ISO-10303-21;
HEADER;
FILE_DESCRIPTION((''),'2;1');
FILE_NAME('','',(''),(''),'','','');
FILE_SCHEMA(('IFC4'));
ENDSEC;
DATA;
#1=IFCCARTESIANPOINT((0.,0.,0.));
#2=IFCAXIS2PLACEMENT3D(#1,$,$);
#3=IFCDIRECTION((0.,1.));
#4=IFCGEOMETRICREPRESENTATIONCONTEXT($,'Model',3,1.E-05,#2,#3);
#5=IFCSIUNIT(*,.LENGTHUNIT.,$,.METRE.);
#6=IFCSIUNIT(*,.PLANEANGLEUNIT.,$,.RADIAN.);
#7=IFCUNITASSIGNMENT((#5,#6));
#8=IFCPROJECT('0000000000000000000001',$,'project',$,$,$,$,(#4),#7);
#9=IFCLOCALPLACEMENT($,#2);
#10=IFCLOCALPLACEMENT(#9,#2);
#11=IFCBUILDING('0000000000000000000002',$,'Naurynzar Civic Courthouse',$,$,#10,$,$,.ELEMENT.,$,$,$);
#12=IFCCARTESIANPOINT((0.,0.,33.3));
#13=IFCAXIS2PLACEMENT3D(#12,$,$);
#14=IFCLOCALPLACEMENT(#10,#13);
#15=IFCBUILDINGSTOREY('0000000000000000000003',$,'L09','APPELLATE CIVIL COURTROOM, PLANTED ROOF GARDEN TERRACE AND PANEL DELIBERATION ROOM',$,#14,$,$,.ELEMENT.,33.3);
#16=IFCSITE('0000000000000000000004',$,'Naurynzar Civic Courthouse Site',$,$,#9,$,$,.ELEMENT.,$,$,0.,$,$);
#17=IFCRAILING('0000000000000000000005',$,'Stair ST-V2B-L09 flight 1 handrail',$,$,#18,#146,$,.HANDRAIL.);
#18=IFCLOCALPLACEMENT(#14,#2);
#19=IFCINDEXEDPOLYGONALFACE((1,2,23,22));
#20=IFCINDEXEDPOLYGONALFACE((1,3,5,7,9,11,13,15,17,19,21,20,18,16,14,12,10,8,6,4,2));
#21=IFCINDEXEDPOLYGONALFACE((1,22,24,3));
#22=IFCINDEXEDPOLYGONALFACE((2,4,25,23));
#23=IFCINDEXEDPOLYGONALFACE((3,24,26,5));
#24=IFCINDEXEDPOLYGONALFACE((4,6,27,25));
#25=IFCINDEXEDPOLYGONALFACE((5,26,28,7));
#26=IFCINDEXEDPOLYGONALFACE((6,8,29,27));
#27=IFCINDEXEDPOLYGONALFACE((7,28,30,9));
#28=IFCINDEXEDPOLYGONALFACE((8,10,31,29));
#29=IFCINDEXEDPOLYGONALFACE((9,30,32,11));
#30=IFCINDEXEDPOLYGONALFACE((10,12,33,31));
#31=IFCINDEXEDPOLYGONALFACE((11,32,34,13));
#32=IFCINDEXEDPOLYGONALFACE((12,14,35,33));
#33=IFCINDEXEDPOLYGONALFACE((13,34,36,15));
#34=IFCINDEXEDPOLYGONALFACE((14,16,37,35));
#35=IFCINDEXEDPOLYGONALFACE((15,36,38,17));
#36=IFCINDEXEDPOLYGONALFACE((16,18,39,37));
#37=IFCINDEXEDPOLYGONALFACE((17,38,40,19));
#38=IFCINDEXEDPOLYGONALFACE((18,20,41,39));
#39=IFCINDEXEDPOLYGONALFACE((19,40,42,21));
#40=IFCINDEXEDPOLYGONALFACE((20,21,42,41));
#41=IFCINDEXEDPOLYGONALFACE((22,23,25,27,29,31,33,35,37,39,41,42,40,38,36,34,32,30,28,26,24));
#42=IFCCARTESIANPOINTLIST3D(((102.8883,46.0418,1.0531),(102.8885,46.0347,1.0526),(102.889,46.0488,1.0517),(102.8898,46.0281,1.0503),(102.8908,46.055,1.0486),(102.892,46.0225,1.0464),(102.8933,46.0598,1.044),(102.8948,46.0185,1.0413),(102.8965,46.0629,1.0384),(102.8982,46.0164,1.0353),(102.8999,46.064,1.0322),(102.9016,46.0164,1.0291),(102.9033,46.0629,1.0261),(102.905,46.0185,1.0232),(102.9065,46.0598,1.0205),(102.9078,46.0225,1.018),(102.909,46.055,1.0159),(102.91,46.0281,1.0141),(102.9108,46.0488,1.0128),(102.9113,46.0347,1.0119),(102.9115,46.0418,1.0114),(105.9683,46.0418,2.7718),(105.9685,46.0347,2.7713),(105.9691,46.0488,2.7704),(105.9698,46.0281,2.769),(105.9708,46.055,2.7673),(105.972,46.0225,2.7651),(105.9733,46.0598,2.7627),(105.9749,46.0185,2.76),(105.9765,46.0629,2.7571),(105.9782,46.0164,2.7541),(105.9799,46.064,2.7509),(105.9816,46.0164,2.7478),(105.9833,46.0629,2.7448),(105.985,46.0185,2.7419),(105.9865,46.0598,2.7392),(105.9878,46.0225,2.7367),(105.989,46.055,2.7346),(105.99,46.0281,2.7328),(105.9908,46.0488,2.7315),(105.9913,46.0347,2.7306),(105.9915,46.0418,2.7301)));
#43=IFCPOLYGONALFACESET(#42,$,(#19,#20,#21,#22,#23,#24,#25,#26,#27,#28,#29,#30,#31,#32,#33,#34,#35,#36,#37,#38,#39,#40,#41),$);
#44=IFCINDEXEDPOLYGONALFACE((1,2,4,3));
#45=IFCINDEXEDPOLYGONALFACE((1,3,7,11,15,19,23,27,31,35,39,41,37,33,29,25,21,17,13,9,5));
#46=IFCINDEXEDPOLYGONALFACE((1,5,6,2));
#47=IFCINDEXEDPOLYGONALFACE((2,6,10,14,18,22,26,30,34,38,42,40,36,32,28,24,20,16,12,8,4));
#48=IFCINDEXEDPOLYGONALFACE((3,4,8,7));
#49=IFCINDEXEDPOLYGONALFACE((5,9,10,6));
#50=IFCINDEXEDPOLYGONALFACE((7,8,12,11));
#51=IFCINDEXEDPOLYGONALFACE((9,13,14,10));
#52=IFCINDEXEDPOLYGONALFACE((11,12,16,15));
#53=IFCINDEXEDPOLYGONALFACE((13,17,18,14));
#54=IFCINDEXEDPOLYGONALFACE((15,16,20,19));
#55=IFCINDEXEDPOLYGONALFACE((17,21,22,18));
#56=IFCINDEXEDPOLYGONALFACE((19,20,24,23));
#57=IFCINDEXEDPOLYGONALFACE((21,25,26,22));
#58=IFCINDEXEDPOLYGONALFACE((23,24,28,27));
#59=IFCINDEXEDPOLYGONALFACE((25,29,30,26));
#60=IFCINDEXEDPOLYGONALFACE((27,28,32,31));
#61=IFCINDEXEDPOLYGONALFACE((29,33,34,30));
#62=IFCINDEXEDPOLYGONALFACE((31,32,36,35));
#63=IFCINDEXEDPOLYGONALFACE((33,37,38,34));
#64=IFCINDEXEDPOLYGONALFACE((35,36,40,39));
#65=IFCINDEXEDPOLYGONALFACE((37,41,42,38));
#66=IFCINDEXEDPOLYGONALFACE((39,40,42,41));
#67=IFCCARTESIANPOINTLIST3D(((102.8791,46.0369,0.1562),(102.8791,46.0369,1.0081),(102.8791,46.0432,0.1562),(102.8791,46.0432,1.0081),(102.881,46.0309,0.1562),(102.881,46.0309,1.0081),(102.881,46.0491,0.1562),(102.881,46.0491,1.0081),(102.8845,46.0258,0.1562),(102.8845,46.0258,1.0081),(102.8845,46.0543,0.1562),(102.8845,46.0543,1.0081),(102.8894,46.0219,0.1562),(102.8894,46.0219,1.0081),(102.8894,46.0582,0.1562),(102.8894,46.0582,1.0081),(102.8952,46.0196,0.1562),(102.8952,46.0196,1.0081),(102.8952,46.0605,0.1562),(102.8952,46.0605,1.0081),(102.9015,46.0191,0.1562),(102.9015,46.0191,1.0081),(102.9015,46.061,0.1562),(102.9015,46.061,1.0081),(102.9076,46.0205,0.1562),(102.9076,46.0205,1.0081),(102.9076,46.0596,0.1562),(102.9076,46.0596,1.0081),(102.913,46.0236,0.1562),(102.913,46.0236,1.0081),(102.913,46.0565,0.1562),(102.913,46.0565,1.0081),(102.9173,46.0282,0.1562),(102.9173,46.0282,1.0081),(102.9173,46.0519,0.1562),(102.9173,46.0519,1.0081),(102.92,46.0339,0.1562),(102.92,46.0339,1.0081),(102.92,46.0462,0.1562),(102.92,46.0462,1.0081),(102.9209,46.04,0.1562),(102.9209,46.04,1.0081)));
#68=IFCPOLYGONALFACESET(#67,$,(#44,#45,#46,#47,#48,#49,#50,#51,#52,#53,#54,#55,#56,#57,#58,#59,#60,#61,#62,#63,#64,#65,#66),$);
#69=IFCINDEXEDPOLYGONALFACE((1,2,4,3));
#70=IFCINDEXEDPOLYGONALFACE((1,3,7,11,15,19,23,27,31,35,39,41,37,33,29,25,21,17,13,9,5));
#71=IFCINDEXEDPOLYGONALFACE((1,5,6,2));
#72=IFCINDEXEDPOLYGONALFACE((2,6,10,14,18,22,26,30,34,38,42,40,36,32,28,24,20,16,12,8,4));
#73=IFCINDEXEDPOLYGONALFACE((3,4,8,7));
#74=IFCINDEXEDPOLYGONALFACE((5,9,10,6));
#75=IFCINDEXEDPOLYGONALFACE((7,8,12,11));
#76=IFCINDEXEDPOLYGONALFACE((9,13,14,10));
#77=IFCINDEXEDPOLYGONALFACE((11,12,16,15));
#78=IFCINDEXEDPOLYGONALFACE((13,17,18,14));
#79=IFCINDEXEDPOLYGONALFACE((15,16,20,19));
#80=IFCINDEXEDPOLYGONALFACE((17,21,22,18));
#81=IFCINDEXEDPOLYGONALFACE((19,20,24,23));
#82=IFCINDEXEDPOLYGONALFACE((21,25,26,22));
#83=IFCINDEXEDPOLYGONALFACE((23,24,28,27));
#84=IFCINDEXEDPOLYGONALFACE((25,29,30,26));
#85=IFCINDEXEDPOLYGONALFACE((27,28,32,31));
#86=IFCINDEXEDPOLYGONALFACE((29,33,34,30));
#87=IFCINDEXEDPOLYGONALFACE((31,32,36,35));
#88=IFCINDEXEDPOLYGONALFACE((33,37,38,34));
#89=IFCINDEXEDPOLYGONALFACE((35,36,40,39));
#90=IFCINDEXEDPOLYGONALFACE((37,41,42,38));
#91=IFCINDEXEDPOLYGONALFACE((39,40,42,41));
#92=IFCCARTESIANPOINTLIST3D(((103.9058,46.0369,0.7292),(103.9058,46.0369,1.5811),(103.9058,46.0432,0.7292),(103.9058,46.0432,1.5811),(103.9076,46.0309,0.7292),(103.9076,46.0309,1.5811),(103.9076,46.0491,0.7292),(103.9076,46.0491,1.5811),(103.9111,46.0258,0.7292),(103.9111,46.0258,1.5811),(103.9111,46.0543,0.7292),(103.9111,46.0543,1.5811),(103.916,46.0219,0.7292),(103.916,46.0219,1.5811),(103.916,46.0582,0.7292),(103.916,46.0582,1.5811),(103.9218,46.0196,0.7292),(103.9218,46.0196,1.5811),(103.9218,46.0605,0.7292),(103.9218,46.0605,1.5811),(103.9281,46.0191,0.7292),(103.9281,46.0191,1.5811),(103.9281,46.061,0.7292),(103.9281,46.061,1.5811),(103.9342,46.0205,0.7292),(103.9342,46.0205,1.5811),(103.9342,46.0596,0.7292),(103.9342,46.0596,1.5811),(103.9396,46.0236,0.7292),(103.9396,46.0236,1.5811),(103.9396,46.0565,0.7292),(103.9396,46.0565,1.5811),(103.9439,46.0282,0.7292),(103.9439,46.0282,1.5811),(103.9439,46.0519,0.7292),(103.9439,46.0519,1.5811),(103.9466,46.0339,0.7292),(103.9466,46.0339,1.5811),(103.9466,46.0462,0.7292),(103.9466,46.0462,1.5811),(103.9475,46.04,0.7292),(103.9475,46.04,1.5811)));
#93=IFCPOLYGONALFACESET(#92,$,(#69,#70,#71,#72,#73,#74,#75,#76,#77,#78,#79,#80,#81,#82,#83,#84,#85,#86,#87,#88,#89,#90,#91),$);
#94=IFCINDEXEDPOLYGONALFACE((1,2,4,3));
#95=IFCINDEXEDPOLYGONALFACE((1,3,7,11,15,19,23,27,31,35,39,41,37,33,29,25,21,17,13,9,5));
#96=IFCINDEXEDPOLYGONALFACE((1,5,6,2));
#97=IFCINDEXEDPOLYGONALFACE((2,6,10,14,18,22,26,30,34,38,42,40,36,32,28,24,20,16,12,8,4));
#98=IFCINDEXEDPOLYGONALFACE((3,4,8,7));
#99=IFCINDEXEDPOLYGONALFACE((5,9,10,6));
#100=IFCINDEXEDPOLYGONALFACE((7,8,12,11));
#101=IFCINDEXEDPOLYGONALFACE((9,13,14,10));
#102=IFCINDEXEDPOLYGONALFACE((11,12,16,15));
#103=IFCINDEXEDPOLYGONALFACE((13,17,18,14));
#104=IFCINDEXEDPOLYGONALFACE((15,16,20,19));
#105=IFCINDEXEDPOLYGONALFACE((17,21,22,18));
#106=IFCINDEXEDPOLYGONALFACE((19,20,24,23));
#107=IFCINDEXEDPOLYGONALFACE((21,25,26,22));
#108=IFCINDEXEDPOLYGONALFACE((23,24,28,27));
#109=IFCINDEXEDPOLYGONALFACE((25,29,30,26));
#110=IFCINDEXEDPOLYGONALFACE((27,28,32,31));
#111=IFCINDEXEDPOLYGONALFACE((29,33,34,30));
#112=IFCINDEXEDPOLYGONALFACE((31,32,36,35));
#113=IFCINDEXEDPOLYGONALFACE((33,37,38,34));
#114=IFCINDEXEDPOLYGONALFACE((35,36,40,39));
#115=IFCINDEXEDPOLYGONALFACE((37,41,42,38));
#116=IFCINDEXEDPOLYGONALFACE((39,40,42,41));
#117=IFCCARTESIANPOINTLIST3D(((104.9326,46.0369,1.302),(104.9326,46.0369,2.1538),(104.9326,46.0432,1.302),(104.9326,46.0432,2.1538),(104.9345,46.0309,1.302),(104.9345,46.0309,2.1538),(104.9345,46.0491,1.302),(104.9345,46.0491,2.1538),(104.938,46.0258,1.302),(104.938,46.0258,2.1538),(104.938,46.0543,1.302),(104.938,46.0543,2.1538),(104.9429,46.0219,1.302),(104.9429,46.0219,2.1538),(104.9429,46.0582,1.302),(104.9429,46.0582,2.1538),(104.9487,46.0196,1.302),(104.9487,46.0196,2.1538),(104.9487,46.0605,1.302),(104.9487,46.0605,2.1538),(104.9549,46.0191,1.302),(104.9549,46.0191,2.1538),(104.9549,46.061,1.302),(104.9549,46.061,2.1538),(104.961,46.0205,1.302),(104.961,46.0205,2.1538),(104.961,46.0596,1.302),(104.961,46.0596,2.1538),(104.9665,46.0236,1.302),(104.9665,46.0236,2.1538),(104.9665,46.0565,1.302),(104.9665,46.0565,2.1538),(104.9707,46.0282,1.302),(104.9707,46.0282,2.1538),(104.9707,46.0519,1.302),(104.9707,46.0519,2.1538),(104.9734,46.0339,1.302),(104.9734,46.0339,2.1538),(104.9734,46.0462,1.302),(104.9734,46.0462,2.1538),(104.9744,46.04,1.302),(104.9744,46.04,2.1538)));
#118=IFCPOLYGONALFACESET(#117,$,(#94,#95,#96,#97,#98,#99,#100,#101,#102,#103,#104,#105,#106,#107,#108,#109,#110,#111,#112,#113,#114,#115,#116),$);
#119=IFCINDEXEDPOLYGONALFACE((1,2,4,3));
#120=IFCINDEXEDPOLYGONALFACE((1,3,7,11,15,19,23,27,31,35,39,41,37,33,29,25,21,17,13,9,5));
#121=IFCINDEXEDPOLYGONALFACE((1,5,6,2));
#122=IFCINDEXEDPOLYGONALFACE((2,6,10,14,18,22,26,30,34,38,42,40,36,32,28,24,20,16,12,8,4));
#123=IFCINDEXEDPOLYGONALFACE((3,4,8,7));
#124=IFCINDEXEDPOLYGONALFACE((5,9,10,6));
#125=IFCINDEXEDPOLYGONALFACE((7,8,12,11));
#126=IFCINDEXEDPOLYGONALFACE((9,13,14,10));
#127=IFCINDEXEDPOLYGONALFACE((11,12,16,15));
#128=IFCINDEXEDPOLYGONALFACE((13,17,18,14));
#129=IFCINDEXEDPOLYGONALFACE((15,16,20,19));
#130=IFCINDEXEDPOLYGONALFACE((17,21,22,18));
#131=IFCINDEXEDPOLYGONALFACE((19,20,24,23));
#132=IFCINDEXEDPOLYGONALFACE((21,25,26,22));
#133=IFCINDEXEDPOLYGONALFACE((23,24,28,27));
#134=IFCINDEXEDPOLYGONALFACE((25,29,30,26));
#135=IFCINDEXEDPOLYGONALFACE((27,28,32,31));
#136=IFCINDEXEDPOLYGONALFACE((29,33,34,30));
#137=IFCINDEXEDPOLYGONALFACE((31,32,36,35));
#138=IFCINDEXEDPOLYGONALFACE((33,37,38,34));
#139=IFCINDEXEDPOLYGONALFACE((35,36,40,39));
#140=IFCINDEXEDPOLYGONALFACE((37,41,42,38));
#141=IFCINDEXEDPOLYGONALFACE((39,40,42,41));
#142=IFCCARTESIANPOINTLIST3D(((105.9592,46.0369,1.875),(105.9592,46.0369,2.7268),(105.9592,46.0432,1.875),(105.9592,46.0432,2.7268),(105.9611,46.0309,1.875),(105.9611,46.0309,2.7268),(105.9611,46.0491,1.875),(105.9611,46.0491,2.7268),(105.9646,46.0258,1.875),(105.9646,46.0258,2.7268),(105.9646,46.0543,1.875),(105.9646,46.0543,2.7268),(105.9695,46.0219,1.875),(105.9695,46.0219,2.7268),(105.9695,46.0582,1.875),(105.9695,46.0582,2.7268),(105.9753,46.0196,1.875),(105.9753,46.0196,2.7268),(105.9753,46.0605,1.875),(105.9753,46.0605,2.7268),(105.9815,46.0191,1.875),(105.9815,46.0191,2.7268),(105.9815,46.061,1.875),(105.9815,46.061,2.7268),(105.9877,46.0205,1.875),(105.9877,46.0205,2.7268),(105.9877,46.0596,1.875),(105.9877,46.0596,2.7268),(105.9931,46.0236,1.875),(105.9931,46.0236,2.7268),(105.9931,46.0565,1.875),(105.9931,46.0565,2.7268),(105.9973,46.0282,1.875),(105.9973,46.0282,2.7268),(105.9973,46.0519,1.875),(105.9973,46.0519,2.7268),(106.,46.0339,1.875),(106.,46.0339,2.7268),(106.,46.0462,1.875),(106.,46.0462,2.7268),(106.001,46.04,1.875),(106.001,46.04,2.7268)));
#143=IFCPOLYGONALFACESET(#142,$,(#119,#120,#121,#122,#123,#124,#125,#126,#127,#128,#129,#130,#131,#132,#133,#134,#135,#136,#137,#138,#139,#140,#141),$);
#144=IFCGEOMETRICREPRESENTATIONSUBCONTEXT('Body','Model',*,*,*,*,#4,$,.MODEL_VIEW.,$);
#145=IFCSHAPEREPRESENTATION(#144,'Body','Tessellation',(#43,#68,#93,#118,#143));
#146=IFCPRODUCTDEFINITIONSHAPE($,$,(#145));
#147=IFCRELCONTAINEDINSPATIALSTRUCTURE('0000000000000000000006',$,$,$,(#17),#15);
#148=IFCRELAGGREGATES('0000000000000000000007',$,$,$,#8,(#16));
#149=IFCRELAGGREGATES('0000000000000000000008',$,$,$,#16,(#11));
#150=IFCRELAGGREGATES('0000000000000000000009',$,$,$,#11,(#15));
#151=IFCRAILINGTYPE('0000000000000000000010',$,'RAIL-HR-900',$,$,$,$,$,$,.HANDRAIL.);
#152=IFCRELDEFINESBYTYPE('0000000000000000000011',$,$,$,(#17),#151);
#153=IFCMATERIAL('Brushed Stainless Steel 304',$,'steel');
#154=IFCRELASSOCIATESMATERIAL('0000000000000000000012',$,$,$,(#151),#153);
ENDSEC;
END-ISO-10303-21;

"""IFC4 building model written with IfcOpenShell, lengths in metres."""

from ifc_helpers import new_model, si_unit, direction, frame, origin, origin_2d, place, context, subcontext, project, spatial, circle, extrude, material, type_object, element, save


model = new_model("IFC4")

# Units and contexts
model_context = context("Model", 3, precision=1e-05, world=origin(), true_north=direction((0.0, 1.0)))
body_context = subcontext(model_context, "Body", "Model", "MODEL_VIEW")
ifc_project = project(units=[si_unit("LENGTHUNIT", "METRE"), si_unit("PLANEANGLEUNIT", "RADIAN")], contexts=[model_context])

# Site, building, storey
site_placement = place(None, origin())
site = spatial("IfcSite", under=ifc_project, at=site_placement, Name="Naurynzar Civic Courthouse Site", CompositionType="ELEMENT", RefElevation=0.0)
building_placement = place(site_placement, origin())
building = spatial("IfcBuilding", under=site, at=building_placement, Name="Naurynzar Civic Courthouse", CompositionType="ELEMENT")
storey_placement = place(building_placement, frame((0.0, 0.0, 33.3)))
storey = spatial("IfcBuildingStorey", under=building, at=storey_placement, Name="L09", Description="APPELLATE CIVIL COURTROOM, PLANTED ROOF GARDEN TERRACE AND PANEL DELIBERATION ROOM", CompositionType="ELEMENT", Elevation=33.3)

# Railing
ifc_material_1 = material(Name="Brushed Stainless Steel 304", Category="steel")
railing_type_1 = type_object("IfcRailingType", Name="RAIL-HR-900", PredefinedType="HANDRAIL", material=ifc_material_1)
railing_1_placement = place(storey_placement, frame((102.8999, 46.04, 0.1562)))
element("IfcRailing", 1, at=railing_1_placement, inside=storey, type_object=railing_type_1, Name="Stair ST-V2B-L09 flight 1 handrail", PredefinedType="HANDRAIL", context=body_context, shape_type="SweptSolid", body=[
    extrude(circle(Radius=0.0239, at=origin_2d()), frame((0.0, 0.0, 0.876), z_axis=(0.873242, 0.0, 0.487288), x_axis=(0.0, 1.0, 0.0)), (0.0, 0.0, 1.0), 3.5271),
    extrude(circle(Radius=0.021, at=origin_2d()), origin(), (0.0, 0.0, 1.0), 0.8518),
    extrude(circle(Radius=0.021, at=origin_2d()), frame((1.0266, 0.0, 0.573)), (0.0, 0.0, 1.0), 0.8518),
    extrude(circle(Radius=0.021, at=origin_2d()), frame((2.0535, 0.0, 1.1458)), (0.0, 0.0, 1.0), 0.8518),
    extrude(circle(Radius=0.021, at=origin_2d()), frame((3.0801, 0.0, 1.7188)), (0.0, 0.0, 1.0), 0.8518),
])

save(model, "model.ifc")
